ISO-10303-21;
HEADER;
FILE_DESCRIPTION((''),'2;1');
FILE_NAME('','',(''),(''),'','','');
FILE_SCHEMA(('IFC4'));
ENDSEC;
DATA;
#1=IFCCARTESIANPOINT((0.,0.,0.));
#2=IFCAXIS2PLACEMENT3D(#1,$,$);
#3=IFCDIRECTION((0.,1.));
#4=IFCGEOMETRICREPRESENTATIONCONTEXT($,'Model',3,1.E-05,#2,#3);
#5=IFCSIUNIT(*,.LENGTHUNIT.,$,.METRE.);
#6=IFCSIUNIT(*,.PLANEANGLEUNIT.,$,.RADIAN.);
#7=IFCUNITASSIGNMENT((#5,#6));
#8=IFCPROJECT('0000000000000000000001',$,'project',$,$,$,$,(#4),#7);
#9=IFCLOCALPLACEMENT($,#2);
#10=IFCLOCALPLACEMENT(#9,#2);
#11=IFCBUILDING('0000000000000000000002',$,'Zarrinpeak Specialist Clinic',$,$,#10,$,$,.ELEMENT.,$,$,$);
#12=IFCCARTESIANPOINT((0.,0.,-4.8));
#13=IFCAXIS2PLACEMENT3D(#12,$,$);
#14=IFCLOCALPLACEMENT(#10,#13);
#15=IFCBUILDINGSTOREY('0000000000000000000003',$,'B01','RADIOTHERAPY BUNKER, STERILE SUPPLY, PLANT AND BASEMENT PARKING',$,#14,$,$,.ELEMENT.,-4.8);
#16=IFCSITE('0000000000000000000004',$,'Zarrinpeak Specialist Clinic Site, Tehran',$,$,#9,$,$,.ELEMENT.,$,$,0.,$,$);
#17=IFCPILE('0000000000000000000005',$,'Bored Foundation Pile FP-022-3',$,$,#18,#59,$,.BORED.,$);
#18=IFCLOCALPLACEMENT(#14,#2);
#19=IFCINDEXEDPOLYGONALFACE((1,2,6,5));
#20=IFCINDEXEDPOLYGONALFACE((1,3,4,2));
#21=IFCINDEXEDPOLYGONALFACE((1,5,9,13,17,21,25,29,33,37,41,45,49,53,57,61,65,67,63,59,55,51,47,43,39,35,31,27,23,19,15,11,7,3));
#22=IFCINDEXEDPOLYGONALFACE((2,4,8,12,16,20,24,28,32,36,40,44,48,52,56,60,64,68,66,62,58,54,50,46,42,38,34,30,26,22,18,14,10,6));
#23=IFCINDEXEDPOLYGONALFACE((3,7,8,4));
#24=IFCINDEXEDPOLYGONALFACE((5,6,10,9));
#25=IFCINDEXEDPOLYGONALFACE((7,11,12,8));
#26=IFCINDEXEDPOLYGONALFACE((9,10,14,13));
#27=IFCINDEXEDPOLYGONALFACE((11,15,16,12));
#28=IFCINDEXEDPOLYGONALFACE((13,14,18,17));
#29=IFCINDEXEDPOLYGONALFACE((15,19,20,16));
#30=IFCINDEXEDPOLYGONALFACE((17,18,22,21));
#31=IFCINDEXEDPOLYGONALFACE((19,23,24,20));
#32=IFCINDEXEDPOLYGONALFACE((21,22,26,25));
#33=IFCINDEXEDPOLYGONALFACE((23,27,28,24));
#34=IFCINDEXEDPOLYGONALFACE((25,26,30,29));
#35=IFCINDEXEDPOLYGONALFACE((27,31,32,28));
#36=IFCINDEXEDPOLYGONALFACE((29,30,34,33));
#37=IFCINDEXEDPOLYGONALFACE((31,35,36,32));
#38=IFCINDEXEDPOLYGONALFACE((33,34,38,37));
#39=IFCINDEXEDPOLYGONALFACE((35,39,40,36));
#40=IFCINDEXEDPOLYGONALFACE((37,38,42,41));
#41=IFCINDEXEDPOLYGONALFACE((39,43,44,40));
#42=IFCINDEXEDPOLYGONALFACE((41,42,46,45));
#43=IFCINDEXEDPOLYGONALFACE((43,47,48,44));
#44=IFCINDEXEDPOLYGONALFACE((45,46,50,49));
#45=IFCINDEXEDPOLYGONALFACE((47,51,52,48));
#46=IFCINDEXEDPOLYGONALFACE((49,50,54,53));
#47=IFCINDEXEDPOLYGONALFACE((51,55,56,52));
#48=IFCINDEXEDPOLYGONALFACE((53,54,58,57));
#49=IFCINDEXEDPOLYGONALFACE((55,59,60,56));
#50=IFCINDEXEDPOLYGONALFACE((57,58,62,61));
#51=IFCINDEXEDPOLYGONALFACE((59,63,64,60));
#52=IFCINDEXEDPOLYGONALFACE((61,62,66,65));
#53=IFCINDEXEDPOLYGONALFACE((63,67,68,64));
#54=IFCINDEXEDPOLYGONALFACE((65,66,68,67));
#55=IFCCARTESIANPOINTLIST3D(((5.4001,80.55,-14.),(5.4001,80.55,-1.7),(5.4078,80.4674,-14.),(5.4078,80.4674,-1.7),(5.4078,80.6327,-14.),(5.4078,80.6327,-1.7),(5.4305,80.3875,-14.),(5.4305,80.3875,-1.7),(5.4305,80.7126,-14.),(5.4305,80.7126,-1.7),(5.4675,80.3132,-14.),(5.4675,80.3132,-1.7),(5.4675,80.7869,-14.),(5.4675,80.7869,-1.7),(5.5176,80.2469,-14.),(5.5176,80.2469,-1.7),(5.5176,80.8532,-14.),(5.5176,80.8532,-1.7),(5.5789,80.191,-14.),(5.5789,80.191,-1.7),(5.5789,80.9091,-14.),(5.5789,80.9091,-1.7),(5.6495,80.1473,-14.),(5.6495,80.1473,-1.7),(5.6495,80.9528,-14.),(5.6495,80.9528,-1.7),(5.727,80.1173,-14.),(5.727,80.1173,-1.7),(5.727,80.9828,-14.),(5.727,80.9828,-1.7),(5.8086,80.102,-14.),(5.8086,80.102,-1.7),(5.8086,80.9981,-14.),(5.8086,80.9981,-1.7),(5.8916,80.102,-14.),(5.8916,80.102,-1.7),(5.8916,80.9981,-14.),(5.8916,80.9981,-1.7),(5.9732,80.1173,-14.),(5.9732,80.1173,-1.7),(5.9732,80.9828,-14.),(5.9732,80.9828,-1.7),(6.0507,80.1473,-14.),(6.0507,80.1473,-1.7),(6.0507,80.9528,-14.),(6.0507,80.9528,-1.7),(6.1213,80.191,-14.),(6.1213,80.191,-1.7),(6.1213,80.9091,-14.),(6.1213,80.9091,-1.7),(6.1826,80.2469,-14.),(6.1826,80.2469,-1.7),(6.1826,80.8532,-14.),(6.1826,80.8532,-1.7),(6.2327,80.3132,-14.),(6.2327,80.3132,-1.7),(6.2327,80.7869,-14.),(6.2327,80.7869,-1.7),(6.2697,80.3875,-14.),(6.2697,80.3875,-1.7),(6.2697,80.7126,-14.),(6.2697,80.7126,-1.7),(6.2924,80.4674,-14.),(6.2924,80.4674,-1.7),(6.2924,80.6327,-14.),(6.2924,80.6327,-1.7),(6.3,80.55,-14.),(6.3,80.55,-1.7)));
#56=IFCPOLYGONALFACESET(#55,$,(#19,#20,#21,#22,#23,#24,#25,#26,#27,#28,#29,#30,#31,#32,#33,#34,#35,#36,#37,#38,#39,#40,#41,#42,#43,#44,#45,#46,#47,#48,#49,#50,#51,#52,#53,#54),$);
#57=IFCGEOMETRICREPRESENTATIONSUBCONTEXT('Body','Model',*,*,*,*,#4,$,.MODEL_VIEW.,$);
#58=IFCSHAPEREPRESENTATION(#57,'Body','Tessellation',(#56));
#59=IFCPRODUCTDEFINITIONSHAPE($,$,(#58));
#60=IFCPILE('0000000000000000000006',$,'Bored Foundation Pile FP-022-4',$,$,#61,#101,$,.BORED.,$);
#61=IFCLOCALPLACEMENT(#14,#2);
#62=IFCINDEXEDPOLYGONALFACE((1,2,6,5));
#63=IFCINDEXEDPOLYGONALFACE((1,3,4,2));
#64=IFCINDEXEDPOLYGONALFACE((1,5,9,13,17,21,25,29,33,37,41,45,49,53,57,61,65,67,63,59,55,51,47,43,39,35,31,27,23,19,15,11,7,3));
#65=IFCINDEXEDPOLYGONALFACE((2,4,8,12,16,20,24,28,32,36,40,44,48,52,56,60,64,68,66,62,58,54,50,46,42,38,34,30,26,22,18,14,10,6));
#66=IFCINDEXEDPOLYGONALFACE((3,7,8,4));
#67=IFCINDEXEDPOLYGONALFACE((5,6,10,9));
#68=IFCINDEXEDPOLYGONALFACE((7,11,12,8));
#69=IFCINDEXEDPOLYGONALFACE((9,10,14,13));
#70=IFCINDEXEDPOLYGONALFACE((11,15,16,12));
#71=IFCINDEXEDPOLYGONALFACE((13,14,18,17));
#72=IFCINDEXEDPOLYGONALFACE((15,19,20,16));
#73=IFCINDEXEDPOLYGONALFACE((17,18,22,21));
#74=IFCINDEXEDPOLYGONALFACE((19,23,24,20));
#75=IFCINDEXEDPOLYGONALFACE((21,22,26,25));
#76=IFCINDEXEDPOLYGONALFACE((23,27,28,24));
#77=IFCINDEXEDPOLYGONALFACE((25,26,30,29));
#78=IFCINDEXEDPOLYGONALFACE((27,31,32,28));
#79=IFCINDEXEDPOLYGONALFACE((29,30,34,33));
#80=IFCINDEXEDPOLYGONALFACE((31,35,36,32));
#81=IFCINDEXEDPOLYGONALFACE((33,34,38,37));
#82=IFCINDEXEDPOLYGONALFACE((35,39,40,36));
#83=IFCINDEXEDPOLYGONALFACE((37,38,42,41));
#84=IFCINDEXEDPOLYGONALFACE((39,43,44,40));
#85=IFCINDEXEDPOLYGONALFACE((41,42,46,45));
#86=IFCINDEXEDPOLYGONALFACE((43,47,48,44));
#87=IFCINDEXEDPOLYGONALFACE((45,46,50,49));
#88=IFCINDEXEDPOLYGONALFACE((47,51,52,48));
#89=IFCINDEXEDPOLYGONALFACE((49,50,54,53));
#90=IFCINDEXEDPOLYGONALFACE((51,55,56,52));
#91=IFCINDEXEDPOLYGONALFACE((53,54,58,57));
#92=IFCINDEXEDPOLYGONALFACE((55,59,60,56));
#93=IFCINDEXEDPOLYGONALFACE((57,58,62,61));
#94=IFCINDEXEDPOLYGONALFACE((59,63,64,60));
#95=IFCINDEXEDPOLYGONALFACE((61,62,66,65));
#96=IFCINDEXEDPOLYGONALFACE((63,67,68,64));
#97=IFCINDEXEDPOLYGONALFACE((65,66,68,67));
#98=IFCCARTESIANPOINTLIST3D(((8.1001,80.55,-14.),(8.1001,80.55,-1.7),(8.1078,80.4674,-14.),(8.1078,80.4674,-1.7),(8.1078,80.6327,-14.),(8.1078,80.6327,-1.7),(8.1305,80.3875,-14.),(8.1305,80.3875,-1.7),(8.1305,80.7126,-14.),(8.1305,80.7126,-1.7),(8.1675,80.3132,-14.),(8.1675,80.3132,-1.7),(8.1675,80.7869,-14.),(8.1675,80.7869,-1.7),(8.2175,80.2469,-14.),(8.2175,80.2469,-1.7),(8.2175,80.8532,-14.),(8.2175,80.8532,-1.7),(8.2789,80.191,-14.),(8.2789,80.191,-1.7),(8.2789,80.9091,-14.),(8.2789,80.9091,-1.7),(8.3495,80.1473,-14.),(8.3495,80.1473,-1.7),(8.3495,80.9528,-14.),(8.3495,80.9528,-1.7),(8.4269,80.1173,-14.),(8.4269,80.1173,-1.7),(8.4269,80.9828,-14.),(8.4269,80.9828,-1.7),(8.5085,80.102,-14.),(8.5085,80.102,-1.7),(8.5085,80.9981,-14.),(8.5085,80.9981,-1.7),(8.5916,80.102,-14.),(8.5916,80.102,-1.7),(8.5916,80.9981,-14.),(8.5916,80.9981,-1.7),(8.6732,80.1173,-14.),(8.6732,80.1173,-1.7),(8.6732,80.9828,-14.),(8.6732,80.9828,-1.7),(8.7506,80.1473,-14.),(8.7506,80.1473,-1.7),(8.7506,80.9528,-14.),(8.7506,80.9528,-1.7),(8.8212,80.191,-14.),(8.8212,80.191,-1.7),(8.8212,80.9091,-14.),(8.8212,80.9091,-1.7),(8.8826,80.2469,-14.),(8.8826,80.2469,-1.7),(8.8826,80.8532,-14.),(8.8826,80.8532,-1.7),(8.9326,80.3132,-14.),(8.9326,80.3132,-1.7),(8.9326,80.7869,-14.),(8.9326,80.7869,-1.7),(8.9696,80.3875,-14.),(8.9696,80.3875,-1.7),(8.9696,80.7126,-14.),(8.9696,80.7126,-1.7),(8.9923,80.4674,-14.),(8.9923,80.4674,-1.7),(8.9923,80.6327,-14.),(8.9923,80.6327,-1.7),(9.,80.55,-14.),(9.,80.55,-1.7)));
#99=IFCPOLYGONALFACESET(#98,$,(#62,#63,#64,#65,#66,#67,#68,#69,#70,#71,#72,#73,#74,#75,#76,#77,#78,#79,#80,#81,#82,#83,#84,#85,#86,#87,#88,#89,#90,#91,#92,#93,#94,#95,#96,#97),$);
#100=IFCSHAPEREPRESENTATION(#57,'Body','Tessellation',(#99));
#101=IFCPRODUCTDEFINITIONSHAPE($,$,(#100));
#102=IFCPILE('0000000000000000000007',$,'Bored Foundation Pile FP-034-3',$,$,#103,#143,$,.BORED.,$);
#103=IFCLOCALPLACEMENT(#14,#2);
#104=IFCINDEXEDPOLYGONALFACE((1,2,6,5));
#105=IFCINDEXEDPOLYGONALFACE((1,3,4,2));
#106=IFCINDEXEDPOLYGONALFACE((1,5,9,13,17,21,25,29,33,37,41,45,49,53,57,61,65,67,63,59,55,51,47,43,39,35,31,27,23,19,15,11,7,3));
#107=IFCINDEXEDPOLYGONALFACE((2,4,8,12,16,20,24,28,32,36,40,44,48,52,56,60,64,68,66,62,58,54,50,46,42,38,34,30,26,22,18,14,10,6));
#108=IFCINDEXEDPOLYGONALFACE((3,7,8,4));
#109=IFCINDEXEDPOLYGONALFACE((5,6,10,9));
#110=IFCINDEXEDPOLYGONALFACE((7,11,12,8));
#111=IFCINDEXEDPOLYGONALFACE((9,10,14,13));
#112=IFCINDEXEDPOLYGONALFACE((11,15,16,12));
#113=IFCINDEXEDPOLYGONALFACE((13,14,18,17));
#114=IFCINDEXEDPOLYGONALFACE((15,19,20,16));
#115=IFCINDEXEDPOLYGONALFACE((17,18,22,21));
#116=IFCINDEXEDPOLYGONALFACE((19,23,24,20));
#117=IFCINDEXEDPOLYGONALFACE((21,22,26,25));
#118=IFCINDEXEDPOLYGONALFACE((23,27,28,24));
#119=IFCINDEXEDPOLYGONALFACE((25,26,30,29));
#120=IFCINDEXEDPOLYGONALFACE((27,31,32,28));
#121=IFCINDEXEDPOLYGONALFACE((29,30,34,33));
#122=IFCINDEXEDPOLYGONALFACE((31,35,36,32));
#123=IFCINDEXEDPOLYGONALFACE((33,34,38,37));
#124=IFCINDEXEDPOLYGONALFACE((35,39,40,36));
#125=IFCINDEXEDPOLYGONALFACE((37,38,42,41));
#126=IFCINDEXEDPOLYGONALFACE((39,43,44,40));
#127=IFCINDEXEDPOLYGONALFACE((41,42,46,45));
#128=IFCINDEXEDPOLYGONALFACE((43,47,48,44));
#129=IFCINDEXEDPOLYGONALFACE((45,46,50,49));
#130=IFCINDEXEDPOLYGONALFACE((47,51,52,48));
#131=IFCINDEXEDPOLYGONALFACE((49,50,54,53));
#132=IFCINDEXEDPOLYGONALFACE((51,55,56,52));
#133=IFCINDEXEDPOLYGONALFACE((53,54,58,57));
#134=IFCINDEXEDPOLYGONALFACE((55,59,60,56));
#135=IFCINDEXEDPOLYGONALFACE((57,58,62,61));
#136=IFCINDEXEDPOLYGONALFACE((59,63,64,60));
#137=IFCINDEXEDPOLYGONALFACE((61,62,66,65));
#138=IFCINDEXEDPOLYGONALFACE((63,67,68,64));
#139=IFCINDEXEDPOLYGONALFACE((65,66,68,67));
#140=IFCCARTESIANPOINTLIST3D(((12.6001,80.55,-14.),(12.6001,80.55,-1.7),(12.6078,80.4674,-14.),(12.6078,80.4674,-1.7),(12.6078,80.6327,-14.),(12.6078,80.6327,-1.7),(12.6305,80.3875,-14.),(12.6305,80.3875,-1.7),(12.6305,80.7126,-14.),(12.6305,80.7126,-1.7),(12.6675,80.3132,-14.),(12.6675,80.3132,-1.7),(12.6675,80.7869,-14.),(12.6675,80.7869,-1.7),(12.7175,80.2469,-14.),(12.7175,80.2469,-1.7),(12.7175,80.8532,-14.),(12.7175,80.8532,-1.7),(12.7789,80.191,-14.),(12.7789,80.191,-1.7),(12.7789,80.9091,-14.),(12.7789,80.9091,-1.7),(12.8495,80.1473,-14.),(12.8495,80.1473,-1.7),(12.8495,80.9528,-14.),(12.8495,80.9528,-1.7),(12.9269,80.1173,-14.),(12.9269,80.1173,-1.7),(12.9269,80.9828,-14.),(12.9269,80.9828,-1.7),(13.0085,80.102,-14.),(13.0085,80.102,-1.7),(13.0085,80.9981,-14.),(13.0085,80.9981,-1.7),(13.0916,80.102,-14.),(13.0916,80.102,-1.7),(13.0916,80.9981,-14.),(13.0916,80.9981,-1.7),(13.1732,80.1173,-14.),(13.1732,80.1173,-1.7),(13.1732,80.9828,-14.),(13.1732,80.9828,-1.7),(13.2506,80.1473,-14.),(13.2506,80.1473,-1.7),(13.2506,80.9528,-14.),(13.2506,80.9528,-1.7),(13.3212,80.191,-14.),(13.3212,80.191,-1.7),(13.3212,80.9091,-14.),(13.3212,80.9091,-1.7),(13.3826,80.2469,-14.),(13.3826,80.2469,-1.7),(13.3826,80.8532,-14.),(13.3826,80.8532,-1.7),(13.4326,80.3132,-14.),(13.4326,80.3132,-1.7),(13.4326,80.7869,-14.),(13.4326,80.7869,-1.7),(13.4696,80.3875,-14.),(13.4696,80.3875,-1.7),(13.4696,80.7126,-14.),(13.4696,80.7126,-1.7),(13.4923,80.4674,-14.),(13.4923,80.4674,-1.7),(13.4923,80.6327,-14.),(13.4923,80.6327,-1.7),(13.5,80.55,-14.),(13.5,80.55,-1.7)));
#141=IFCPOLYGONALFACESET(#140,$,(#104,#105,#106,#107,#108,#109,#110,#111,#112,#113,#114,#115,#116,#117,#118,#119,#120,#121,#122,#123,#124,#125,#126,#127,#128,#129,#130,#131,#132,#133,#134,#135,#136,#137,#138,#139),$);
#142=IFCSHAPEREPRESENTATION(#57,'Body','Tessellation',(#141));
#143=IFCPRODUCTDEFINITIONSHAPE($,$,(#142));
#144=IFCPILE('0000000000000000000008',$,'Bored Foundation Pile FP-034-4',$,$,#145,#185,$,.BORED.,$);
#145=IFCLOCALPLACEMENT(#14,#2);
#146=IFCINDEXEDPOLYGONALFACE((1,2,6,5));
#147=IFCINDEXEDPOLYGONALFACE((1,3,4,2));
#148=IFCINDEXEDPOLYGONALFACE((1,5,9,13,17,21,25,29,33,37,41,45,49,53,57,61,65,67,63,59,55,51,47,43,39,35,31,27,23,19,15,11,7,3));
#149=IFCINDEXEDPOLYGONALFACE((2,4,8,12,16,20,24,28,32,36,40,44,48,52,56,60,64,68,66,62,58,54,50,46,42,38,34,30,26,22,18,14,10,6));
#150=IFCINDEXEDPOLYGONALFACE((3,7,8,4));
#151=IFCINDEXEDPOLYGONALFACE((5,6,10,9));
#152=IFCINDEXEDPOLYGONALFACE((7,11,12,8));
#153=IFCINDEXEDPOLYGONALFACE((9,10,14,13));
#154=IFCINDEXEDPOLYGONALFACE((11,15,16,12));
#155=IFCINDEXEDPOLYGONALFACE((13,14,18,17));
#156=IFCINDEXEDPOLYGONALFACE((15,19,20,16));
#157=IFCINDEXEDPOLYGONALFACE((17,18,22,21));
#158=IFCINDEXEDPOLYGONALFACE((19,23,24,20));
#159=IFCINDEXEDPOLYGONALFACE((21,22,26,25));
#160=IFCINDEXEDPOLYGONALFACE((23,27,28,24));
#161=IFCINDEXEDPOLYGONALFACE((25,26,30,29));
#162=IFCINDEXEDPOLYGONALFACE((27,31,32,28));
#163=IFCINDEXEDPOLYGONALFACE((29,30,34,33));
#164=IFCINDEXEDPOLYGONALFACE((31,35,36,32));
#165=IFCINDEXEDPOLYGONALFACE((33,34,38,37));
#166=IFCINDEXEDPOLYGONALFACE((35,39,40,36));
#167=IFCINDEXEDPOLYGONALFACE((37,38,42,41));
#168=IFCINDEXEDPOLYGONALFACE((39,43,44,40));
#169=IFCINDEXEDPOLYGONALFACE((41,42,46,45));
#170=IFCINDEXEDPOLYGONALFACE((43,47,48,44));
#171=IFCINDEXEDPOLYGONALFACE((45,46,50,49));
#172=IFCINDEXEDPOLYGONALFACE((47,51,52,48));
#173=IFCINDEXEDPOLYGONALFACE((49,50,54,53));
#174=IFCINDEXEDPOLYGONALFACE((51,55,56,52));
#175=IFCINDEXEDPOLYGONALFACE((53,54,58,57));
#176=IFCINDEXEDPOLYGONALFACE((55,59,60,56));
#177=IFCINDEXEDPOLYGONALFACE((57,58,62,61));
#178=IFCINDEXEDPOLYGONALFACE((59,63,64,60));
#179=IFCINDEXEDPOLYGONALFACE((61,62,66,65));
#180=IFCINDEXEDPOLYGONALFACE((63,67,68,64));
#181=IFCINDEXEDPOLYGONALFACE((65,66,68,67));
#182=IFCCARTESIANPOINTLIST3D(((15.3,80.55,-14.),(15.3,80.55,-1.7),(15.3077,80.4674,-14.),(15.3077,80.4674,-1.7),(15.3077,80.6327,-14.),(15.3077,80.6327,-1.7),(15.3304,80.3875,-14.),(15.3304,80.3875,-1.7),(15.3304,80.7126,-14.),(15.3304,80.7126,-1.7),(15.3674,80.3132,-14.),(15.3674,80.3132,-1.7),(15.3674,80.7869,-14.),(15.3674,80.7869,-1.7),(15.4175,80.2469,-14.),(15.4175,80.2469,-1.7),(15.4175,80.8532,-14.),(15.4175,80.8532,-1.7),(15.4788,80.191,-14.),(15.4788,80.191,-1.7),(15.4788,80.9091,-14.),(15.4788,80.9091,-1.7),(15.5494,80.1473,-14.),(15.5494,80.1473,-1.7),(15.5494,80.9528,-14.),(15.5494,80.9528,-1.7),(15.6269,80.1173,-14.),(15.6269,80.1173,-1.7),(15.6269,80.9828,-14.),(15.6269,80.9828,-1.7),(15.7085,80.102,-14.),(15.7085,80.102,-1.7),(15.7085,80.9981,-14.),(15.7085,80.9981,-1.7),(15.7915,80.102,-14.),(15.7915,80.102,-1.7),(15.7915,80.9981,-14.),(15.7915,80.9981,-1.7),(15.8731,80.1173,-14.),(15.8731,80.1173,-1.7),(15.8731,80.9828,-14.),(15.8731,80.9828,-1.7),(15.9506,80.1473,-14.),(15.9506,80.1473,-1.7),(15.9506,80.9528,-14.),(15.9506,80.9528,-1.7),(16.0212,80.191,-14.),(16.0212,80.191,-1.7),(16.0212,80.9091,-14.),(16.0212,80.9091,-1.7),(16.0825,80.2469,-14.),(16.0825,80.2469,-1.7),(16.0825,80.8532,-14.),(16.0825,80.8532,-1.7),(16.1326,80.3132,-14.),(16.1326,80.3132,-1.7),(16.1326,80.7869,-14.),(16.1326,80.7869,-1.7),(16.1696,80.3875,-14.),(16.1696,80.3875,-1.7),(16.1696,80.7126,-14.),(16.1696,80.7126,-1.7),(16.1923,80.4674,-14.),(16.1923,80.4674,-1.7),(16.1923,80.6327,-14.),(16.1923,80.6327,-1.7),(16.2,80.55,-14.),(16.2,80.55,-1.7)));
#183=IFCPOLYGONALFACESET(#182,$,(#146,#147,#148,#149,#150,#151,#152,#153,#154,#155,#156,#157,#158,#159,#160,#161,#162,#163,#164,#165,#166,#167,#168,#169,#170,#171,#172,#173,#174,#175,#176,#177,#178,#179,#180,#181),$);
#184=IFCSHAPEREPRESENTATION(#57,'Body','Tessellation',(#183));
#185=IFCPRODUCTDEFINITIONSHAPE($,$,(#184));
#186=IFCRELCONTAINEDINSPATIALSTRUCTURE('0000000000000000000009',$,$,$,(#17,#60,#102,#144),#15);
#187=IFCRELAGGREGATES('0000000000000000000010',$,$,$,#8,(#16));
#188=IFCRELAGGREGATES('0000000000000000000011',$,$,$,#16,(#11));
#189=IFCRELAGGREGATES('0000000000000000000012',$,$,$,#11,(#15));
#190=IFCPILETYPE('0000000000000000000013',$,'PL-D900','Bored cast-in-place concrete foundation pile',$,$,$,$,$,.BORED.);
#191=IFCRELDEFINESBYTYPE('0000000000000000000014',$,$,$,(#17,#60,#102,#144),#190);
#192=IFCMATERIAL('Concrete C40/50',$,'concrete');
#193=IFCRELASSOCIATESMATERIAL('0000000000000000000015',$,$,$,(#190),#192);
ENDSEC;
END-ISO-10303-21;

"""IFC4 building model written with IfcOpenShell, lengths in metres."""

from ifc_helpers import new_model, si_unit, direction, frame, origin, origin_2d, place, context, subcontext, project, spatial, circle, extrude, material, material_profile, profile_set, type_object, element, save


model = new_model("IFC4")

# Units and contexts
model_context = context("Model", 3, precision=1e-05, world=origin(), true_north=direction((0.0, 1.0)))
body_context = subcontext(model_context, "Body", "Model", "MODEL_VIEW")
ifc_project = project(units=[si_unit("LENGTHUNIT", "METRE"), si_unit("PLANEANGLEUNIT", "RADIAN")], contexts=[model_context])

# Site, building, storey
site_placement = place(None, origin())
site = spatial("IfcSite", under=ifc_project, at=site_placement, Name="Zarrinpeak Specialist Clinic Site, Tehran", CompositionType="ELEMENT", RefElevation=0.0)
building_placement = place(site_placement, origin())
building = spatial("IfcBuilding", under=site, at=building_placement, Name="Zarrinpeak Specialist Clinic", CompositionType="ELEMENT")
storey_placement = place(building_placement, frame((0.0, 0.0, -4.8)))
storey = spatial("IfcBuildingStorey", under=building, at=storey_placement, Name="B01", Description="RADIOTHERAPY BUNKER, STERILE SUPPLY, PLANT AND BASEMENT PARKING", CompositionType="ELEMENT", Elevation=-4.8)

# Shared definitions
ifc_material_1 = material(Name="Concrete C40/50", Category="concrete")

# Piles
ifc_material_profile_1 = material_profile(ifc_material_1, circle(Radius=0.45, at=origin_2d()), Name="BORED PILE D900")
ifc_profile_set_1 = profile_set([ifc_material_profile_1], Name="Concrete C40/50")
pile_type = type_object("IfcPileType", Name="PL-D900", Description="Bored cast-in-place concrete foundation pile", PredefinedType="BORED", material=ifc_profile_set_1)
for number, where, z_axis, x_axis, name in (
    (1, (5.8501, 80.55, -1.7), (0.0, 0.0, -1.0), (1.0, 0.0, 0.0), "Bored Foundation Pile FP-022-3"),
    (2, (8.55, 80.55, -1.7), (0.0, 0.0, -1.0), (1.0, 0.0, 0.0), "Bored Foundation Pile FP-022-4"),
    (3, (13.05, 80.55, -1.7), (0.0, 0.0, -1.0), (1.0, 0.0, 0.0), "Bored Foundation Pile FP-034-3"),
    (4, (15.75, 80.55, -1.7), (0.0, 0.0, -1.0), (1.0, 0.0, 0.0), "Bored Foundation Pile FP-034-4"),
):
    element("IfcPile", number, at=place(storey_placement, frame(where, z_axis=z_axis, x_axis=x_axis)), inside=storey, type_object=pile_type, Name=name, PredefinedType="BORED", context=body_context, shape_type="SweptSolid", body=[
        extrude(circle(Radius=0.45, at=origin_2d()), origin(), (0.0, 0.0, 1.0), 12.3),
    ])

save(model, "model.ifc")
